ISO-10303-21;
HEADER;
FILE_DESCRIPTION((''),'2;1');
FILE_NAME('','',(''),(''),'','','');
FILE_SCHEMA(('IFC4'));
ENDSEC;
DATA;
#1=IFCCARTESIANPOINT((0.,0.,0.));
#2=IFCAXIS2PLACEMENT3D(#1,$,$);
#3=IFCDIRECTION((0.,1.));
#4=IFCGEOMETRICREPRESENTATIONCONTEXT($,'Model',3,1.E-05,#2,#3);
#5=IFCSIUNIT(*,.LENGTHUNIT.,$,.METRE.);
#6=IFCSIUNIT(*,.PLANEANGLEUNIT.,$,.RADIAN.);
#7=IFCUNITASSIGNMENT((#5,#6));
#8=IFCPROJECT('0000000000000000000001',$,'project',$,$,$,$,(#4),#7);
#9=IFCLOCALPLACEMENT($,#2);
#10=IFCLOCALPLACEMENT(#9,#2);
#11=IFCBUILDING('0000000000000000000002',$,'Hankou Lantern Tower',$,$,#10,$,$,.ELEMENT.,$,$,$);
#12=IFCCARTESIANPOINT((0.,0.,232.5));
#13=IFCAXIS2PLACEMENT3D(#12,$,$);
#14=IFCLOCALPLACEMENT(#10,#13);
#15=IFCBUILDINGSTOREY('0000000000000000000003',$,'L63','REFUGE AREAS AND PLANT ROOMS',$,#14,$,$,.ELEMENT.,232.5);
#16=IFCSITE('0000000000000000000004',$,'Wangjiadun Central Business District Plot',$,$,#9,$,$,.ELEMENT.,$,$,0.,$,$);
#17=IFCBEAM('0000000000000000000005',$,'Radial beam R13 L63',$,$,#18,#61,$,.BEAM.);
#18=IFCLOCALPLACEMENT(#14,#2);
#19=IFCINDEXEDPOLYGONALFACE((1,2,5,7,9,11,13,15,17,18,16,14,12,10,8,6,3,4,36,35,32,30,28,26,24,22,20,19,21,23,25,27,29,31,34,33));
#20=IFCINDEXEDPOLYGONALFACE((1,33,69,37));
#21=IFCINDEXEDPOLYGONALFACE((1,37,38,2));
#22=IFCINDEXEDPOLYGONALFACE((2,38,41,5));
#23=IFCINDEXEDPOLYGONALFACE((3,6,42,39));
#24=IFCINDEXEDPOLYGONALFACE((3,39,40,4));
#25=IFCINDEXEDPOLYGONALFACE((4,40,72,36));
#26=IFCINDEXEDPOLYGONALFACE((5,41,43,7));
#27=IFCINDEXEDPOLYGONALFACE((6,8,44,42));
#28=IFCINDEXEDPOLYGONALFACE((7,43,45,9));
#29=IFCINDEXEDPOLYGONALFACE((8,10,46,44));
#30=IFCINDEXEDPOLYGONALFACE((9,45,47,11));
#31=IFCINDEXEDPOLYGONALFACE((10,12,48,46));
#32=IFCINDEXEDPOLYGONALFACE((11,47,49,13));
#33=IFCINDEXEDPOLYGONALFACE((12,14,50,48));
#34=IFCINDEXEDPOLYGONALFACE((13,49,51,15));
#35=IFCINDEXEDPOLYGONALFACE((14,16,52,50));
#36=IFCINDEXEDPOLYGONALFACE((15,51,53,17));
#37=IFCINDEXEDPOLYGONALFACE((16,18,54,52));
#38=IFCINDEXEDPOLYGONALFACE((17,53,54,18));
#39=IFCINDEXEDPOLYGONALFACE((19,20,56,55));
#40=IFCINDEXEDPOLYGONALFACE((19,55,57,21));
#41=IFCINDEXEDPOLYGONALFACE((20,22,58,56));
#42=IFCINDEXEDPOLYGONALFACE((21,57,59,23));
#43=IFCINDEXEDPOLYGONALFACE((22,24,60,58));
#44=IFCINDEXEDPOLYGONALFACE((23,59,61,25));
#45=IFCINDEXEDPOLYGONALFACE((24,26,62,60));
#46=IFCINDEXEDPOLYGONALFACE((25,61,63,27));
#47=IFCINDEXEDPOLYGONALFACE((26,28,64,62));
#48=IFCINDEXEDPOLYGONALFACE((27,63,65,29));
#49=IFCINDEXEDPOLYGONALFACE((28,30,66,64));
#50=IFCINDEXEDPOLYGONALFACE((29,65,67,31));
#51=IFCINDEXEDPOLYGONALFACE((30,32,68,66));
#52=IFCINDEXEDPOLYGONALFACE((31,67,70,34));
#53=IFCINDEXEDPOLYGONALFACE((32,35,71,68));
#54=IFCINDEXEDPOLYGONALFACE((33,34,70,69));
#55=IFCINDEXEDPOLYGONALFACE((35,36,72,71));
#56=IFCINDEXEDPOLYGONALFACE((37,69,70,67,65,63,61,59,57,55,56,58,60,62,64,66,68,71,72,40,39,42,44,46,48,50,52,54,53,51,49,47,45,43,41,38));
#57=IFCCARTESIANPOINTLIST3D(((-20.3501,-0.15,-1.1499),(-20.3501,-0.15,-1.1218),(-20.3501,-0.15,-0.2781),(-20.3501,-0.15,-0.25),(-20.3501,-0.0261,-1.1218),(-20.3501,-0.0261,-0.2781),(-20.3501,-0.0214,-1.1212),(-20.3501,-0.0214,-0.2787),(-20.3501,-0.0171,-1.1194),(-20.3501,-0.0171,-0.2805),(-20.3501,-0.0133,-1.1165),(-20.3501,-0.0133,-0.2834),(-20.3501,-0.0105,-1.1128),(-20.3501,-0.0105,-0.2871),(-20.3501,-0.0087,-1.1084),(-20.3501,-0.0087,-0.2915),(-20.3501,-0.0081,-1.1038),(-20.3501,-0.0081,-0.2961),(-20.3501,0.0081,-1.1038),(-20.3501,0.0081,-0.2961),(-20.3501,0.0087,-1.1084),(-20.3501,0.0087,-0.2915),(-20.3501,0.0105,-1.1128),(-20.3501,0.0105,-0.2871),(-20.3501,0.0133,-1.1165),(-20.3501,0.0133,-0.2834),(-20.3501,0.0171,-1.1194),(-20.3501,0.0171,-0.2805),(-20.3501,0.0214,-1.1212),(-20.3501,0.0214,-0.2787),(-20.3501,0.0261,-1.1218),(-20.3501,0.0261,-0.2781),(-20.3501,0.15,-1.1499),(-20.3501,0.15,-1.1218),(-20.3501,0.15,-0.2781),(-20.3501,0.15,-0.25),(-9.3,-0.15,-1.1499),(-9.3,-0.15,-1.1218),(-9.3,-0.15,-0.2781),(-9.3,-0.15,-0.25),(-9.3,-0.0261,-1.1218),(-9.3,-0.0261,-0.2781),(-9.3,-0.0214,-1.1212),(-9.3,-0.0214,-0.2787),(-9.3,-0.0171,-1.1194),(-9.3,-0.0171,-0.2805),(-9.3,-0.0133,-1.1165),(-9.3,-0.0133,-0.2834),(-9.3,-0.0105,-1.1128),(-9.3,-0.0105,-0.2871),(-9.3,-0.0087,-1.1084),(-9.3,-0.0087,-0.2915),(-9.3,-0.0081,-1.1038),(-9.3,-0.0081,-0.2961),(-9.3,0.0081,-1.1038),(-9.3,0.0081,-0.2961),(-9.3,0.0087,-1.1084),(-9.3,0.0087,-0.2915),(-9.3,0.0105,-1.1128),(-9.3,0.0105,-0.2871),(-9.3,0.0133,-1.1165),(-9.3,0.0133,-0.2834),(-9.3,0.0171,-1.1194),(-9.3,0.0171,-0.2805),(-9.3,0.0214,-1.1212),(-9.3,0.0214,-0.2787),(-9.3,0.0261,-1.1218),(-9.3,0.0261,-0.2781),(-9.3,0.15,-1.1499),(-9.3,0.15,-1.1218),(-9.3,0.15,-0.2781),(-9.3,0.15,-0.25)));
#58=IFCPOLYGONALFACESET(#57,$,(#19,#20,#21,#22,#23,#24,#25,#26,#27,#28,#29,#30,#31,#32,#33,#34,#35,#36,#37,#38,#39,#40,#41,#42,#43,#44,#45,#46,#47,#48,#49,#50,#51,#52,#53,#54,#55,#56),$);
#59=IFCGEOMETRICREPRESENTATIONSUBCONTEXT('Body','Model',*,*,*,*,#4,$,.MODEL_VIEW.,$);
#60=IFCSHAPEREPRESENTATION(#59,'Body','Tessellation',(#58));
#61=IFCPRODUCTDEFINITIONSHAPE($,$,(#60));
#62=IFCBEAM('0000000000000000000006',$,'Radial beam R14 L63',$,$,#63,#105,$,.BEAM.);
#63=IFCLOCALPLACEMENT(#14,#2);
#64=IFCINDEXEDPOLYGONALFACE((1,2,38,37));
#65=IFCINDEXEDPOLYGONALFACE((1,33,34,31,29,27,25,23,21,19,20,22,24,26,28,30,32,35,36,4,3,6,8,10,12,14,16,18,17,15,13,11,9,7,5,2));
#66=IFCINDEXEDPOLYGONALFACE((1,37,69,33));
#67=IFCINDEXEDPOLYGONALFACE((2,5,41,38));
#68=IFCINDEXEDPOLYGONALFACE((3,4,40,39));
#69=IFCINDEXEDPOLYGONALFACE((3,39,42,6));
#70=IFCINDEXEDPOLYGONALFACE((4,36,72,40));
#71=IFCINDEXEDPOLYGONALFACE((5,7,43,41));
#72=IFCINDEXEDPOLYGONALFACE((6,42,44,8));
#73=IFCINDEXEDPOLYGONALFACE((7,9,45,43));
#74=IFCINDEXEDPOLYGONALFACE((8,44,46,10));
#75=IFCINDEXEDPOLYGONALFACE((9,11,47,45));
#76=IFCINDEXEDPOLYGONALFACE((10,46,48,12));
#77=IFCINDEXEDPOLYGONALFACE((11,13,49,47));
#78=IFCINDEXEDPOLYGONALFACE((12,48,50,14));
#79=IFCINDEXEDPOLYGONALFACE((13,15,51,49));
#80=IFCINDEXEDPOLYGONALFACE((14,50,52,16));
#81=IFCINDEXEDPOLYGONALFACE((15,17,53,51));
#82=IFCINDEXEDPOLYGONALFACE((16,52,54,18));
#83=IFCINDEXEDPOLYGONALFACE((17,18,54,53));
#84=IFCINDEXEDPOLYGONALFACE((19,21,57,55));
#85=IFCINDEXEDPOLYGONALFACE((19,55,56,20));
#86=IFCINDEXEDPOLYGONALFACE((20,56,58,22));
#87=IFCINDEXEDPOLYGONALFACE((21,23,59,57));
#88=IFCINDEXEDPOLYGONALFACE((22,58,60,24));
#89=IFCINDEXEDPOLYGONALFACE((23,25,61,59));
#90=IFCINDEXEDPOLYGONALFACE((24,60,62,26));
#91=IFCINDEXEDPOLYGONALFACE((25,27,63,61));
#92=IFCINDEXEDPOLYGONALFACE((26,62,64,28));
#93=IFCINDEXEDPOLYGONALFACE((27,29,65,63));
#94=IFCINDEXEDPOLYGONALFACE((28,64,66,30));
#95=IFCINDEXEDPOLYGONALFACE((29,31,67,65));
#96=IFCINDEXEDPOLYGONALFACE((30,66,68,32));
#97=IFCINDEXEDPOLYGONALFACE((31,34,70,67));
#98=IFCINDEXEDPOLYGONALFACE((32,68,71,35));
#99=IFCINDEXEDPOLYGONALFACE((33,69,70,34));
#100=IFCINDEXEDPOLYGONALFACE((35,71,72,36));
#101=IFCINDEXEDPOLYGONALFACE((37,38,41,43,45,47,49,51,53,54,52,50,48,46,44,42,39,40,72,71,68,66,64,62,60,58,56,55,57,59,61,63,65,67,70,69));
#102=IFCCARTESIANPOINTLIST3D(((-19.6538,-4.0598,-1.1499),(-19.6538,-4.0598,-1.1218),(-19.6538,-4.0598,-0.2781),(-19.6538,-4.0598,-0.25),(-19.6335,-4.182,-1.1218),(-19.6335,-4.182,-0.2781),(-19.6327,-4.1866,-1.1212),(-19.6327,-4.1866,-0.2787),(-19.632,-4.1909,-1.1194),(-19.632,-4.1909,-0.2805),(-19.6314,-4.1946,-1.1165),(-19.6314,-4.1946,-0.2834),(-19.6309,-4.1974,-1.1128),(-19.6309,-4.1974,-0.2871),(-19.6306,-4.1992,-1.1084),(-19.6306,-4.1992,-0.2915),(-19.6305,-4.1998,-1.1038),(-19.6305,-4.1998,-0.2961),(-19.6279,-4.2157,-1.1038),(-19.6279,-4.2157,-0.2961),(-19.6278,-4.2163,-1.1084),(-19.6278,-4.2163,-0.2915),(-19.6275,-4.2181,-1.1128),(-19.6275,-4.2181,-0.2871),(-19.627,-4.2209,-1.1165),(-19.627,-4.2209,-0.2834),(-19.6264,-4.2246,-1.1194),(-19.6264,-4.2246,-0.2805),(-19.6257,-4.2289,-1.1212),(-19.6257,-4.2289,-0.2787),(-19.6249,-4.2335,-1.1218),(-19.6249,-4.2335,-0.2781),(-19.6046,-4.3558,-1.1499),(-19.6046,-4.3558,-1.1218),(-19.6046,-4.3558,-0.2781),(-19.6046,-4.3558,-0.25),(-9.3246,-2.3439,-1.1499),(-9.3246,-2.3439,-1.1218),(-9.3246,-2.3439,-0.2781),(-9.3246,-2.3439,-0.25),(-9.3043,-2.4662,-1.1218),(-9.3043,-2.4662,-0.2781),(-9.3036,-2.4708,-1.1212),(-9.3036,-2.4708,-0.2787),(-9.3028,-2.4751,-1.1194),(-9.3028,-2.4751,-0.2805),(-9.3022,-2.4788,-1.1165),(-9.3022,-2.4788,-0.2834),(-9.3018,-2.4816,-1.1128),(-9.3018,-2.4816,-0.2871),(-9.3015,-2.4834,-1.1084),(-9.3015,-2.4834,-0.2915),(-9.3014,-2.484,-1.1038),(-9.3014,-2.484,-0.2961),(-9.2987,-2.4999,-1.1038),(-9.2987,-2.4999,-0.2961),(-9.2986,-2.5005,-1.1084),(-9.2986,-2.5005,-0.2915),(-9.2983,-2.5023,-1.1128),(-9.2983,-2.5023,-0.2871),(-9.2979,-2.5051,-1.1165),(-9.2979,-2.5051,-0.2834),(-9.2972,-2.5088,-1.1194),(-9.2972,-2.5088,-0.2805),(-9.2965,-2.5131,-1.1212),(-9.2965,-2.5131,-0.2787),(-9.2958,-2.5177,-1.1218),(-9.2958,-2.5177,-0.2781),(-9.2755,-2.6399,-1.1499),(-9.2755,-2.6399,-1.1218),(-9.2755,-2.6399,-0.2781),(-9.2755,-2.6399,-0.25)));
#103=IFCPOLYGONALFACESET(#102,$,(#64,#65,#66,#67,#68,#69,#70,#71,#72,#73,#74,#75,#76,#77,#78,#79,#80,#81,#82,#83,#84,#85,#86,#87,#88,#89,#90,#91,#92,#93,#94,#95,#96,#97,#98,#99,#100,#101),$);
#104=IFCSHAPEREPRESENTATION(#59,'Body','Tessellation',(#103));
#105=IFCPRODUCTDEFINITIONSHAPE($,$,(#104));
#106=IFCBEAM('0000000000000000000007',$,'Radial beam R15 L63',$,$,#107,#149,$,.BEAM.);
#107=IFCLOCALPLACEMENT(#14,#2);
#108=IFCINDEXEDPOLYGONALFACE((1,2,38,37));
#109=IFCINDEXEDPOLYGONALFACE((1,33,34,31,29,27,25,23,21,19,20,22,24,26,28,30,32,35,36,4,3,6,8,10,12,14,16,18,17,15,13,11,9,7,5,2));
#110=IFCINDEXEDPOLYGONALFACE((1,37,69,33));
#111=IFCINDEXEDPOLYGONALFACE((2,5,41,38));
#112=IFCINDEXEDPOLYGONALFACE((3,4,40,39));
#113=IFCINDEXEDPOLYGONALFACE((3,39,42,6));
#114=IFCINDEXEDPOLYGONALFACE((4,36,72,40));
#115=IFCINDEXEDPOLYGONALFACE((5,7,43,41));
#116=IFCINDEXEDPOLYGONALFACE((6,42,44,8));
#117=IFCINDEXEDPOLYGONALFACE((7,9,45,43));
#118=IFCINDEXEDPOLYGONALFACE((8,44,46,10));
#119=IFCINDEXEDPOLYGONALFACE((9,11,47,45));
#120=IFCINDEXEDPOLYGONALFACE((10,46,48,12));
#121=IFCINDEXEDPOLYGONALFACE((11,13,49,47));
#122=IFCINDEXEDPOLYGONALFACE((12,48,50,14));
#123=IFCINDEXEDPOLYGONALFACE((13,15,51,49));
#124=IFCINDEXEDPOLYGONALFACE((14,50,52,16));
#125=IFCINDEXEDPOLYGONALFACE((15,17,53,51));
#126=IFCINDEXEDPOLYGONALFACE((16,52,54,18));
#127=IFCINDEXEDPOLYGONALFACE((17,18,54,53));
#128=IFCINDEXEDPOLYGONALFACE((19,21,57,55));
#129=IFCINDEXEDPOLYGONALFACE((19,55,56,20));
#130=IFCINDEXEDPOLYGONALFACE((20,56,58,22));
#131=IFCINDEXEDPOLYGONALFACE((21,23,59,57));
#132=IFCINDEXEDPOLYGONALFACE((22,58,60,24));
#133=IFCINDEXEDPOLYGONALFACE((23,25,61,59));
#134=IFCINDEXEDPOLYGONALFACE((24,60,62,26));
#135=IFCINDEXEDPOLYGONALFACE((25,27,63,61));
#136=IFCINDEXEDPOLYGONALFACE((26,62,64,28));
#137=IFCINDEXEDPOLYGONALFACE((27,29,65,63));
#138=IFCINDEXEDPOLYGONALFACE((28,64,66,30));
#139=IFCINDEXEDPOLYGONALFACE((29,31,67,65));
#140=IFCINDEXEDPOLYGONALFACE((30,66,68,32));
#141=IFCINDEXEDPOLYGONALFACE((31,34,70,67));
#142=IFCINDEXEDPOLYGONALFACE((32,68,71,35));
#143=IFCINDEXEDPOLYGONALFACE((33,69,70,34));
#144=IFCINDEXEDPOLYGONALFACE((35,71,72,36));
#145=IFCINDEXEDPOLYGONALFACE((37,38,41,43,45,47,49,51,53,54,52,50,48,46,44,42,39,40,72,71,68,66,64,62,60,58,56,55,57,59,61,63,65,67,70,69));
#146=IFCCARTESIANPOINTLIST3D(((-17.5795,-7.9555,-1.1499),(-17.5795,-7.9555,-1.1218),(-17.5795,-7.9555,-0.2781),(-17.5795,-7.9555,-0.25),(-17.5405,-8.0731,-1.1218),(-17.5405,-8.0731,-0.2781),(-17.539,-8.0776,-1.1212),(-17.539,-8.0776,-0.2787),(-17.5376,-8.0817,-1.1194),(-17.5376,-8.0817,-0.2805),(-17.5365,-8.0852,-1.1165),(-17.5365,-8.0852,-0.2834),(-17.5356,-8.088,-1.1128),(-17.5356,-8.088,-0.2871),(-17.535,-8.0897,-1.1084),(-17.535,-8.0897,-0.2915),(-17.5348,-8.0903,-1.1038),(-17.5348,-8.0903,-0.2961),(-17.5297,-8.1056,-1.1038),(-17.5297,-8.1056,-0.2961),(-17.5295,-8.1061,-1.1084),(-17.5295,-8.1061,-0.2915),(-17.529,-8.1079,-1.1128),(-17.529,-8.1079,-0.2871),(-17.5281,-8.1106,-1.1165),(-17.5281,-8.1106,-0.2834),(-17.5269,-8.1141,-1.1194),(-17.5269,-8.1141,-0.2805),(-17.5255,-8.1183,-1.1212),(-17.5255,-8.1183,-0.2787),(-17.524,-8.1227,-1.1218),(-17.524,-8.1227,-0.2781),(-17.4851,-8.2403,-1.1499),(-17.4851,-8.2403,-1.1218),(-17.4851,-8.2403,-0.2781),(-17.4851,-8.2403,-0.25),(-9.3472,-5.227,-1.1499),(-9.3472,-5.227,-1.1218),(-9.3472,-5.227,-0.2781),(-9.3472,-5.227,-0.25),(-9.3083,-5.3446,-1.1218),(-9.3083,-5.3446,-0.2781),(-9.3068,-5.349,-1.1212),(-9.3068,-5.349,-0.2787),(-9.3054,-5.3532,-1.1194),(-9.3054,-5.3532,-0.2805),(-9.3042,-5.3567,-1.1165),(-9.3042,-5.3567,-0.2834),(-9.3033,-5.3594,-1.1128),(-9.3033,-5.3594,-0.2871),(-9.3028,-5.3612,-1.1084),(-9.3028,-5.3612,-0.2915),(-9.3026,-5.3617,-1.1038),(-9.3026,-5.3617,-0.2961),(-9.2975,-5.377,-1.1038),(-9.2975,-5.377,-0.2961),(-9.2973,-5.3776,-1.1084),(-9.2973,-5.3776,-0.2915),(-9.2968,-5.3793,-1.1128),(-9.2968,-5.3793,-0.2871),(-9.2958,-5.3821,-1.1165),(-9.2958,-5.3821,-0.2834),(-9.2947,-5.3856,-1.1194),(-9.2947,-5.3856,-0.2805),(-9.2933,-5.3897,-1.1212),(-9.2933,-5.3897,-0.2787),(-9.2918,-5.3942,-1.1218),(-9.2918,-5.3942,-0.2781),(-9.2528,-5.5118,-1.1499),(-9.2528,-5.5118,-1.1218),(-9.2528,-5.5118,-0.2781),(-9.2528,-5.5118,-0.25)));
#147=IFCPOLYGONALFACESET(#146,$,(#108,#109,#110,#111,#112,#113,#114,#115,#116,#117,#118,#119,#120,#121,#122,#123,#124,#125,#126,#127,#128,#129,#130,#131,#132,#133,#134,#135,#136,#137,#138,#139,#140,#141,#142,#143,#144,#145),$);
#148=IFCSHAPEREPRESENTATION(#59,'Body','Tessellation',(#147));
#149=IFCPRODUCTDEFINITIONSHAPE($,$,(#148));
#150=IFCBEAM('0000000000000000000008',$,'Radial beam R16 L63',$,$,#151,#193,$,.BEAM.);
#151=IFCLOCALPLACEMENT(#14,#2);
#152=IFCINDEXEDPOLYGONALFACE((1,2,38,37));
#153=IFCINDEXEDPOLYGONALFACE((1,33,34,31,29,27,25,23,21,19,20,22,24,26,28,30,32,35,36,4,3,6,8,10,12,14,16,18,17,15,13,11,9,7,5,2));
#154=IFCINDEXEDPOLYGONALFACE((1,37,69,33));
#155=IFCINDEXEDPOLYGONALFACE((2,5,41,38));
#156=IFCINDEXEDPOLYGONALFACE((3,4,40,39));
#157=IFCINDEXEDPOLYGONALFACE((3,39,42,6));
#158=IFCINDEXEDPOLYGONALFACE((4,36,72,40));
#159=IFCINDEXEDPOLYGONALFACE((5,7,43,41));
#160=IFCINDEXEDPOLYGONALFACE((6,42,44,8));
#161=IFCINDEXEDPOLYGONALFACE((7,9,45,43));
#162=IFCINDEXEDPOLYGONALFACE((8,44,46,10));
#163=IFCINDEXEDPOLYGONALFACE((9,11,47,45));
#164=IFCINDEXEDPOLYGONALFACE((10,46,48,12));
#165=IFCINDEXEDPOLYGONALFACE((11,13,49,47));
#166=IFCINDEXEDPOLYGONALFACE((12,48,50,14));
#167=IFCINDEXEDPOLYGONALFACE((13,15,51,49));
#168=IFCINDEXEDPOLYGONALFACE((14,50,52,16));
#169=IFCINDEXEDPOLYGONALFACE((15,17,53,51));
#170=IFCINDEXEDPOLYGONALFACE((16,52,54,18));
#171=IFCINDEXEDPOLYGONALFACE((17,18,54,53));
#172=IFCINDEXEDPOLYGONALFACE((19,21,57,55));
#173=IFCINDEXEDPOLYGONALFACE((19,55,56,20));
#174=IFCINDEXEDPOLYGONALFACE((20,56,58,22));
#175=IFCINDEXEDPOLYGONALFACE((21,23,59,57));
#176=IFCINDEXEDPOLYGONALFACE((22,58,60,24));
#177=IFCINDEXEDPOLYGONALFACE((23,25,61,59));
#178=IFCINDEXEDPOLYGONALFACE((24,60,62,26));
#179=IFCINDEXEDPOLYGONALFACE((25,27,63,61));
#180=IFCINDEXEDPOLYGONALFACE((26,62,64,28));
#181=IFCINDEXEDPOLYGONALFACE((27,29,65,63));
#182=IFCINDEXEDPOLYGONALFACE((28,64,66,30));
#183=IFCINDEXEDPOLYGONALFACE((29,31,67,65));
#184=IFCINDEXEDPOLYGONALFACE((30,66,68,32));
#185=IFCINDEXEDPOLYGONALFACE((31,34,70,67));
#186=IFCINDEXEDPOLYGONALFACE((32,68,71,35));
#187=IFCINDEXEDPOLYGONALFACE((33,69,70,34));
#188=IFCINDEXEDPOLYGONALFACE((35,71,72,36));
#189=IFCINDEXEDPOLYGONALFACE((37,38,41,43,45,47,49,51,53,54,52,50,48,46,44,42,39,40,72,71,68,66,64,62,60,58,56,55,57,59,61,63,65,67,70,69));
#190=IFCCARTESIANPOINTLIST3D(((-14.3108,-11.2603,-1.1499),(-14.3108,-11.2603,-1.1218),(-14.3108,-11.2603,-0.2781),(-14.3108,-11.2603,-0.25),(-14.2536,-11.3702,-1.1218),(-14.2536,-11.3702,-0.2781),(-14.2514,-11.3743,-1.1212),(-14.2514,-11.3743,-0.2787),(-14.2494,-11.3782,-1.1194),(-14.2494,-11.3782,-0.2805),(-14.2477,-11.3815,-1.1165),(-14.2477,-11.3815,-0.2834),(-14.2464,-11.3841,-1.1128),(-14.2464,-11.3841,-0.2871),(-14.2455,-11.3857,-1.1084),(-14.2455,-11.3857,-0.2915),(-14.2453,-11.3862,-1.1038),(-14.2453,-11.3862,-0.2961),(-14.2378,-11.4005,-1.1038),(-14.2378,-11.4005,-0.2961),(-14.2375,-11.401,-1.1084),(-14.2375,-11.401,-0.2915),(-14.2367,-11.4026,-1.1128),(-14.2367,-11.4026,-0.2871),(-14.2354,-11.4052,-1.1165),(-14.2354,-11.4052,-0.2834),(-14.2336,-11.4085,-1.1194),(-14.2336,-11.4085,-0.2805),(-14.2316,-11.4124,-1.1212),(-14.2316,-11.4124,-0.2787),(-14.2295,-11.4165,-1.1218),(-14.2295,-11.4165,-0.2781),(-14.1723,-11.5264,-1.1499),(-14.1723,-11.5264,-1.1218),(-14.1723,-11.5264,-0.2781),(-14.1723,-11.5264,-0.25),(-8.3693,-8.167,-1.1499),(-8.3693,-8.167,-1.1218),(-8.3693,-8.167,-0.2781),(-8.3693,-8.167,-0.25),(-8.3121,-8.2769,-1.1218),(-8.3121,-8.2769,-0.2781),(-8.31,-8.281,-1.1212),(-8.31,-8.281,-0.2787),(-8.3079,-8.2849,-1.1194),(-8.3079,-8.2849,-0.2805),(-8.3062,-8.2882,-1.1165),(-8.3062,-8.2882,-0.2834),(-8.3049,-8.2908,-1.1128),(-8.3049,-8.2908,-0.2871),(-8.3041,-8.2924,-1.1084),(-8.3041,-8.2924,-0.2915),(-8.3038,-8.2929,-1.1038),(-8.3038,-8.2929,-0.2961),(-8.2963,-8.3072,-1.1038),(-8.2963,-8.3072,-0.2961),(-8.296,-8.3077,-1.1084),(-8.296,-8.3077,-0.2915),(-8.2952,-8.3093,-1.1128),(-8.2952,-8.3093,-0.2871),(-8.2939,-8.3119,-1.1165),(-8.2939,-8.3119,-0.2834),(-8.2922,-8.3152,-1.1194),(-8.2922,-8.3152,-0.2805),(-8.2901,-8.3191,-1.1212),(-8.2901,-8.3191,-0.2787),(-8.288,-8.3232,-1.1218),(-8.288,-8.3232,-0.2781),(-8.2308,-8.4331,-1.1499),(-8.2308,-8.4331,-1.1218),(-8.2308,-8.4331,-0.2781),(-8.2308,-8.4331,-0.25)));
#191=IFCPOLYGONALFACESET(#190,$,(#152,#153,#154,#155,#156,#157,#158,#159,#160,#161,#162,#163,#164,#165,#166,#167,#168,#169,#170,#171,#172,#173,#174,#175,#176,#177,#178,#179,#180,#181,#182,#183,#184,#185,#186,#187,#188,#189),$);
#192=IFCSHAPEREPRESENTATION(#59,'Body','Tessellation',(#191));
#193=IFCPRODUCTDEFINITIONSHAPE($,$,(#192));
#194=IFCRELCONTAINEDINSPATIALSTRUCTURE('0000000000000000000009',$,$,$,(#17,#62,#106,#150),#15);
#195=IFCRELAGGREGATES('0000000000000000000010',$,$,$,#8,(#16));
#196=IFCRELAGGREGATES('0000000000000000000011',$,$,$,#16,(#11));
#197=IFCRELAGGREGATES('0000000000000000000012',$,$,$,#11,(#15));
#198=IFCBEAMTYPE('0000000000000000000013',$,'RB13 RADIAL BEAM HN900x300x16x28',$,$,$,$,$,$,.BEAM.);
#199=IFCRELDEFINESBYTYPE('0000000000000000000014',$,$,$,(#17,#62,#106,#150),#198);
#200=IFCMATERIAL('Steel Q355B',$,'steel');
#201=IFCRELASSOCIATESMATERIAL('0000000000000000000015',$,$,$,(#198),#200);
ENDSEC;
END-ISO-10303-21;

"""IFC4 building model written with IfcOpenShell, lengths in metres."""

from ifc_helpers import new_model, si_unit, direction, frame, origin, origin_2d, place, context, subcontext, project, spatial, i_section, extrude, material, material_profile, profile_set, type_object, element, save


model = new_model("IFC4")

# Units and contexts
model_context = context("Model", 3, precision=1e-05, world=origin(), true_north=direction((0.0, 1.0)))
body_context = subcontext(model_context, "Body", "Model", "MODEL_VIEW")
ifc_project = project(units=[si_unit("LENGTHUNIT", "METRE"), si_unit("PLANEANGLEUNIT", "RADIAN")], contexts=[model_context])

# Site, building, storey
site_placement = place(None, origin())
site = spatial("IfcSite", under=ifc_project, at=site_placement, Name="Wangjiadun Central Business District Plot", CompositionType="ELEMENT", RefElevation=0.0)
building_placement = place(site_placement, origin())
building = spatial("IfcBuilding", under=site, at=building_placement, Name="Hankou Lantern Tower", CompositionType="ELEMENT")
storey_placement = place(building_placement, frame((0.0, 0.0, 232.5)))
storey = spatial("IfcBuildingStorey", under=building, at=storey_placement, Name="L63", Description="REFUGE AREAS AND PLANT ROOMS", CompositionType="ELEMENT", Elevation=232.5)

# Beams
ifc_material_1 = material(Name="Steel Q355B", Category="steel")
ifc_material_profile_1 = material_profile(ifc_material_1, i_section(OverallWidth=0.3, OverallDepth=0.8999, WebThickness=0.0161, FlangeThickness=0.0281, FilletRadius=0.0181, at=origin_2d()), Name="HN900x300x16x28")
ifc_profile_set_1 = profile_set([ifc_material_profile_1], Name="Steel Q355B")
beam_type_1 = type_object("IfcBeamType", Name="RB13 RADIAL BEAM HN900x300x16x28", PredefinedType="BEAM", material=ifc_profile_set_1)
beam_1_placement = place(storey_placement, frame((-9.3, 0.0, -0.7), z_axis=(-1.0, 0.0, 0.0), x_axis=(0.0, -1.0, 0.0)))
element("IfcBeam", 1, at=beam_1_placement, inside=storey, type_object=beam_type_1, Name="Radial beam R13 L63", PredefinedType="BEAM", context=body_context, shape_type="SweptSolid", body=[
    extrude(i_section(OverallWidth=0.3, OverallDepth=0.8999, WebThickness=0.0161, FlangeThickness=0.0281, FilletRadius=0.0181, at=origin_2d()), origin(), (0.0, 0.0, 1.0), 11.05),
])
beam_2_placement = place(storey_placement, frame((-9.3, -2.4919, -0.7), z_axis=(-0.986482, -0.16387, 0.0), x_axis=(0.16387, -0.986482, 0.0)))
element("IfcBeam", 2, at=beam_2_placement, inside=storey, type_object=beam_type_1, Name="Radial beam R14 L63", PredefinedType="BEAM", context=body_context, shape_type="SweptSolid", body=[
    extrude(i_section(OverallWidth=0.3, OverallDepth=0.8999, WebThickness=0.0161, FlangeThickness=0.0281, FilletRadius=0.0181, at=origin_2d()), origin(), (0.0, 0.0, 1.0), 10.4707),
])
beam_3_placement = place(storey_placement, frame((-9.3, -5.3694, -0.7), z_axis=(-0.94922, -0.314614, 0.0), x_axis=(0.314614, -0.94922, 0.0)))
element("IfcBeam", 3, at=beam_3_placement, inside=storey, type_object=beam_type_1, Name="Radial beam R15 L63", PredefinedType="BEAM", context=body_context, shape_type="SweptSolid", body=[
    extrude(i_section(OverallWidth=0.3, OverallDepth=0.8999, WebThickness=0.0161, FlangeThickness=0.0281, FilletRadius=0.0181, at=origin_2d()), origin(), (0.0, 0.0, 1.0), 8.6726),
])
beam_4_placement = place(storey_placement, frame((-8.3, -8.3, -0.7), z_axis=(-0.886989, -0.461791, 0.0), x_axis=(0.461791, -0.886989, 0.0)))
element("IfcBeam", 4, at=beam_4_placement, inside=storey, type_object=beam_type_1, Name="Radial beam R16 L63", PredefinedType="BEAM", context=body_context, shape_type="SweptSolid", body=[
    extrude(i_section(OverallWidth=0.3, OverallDepth=0.8999, WebThickness=0.0161, FlangeThickness=0.0281, FilletRadius=0.0181, at=origin_2d()), origin(), (0.0, 0.0, 1.0), 6.6985),
])

save(model, "model.ifc")
